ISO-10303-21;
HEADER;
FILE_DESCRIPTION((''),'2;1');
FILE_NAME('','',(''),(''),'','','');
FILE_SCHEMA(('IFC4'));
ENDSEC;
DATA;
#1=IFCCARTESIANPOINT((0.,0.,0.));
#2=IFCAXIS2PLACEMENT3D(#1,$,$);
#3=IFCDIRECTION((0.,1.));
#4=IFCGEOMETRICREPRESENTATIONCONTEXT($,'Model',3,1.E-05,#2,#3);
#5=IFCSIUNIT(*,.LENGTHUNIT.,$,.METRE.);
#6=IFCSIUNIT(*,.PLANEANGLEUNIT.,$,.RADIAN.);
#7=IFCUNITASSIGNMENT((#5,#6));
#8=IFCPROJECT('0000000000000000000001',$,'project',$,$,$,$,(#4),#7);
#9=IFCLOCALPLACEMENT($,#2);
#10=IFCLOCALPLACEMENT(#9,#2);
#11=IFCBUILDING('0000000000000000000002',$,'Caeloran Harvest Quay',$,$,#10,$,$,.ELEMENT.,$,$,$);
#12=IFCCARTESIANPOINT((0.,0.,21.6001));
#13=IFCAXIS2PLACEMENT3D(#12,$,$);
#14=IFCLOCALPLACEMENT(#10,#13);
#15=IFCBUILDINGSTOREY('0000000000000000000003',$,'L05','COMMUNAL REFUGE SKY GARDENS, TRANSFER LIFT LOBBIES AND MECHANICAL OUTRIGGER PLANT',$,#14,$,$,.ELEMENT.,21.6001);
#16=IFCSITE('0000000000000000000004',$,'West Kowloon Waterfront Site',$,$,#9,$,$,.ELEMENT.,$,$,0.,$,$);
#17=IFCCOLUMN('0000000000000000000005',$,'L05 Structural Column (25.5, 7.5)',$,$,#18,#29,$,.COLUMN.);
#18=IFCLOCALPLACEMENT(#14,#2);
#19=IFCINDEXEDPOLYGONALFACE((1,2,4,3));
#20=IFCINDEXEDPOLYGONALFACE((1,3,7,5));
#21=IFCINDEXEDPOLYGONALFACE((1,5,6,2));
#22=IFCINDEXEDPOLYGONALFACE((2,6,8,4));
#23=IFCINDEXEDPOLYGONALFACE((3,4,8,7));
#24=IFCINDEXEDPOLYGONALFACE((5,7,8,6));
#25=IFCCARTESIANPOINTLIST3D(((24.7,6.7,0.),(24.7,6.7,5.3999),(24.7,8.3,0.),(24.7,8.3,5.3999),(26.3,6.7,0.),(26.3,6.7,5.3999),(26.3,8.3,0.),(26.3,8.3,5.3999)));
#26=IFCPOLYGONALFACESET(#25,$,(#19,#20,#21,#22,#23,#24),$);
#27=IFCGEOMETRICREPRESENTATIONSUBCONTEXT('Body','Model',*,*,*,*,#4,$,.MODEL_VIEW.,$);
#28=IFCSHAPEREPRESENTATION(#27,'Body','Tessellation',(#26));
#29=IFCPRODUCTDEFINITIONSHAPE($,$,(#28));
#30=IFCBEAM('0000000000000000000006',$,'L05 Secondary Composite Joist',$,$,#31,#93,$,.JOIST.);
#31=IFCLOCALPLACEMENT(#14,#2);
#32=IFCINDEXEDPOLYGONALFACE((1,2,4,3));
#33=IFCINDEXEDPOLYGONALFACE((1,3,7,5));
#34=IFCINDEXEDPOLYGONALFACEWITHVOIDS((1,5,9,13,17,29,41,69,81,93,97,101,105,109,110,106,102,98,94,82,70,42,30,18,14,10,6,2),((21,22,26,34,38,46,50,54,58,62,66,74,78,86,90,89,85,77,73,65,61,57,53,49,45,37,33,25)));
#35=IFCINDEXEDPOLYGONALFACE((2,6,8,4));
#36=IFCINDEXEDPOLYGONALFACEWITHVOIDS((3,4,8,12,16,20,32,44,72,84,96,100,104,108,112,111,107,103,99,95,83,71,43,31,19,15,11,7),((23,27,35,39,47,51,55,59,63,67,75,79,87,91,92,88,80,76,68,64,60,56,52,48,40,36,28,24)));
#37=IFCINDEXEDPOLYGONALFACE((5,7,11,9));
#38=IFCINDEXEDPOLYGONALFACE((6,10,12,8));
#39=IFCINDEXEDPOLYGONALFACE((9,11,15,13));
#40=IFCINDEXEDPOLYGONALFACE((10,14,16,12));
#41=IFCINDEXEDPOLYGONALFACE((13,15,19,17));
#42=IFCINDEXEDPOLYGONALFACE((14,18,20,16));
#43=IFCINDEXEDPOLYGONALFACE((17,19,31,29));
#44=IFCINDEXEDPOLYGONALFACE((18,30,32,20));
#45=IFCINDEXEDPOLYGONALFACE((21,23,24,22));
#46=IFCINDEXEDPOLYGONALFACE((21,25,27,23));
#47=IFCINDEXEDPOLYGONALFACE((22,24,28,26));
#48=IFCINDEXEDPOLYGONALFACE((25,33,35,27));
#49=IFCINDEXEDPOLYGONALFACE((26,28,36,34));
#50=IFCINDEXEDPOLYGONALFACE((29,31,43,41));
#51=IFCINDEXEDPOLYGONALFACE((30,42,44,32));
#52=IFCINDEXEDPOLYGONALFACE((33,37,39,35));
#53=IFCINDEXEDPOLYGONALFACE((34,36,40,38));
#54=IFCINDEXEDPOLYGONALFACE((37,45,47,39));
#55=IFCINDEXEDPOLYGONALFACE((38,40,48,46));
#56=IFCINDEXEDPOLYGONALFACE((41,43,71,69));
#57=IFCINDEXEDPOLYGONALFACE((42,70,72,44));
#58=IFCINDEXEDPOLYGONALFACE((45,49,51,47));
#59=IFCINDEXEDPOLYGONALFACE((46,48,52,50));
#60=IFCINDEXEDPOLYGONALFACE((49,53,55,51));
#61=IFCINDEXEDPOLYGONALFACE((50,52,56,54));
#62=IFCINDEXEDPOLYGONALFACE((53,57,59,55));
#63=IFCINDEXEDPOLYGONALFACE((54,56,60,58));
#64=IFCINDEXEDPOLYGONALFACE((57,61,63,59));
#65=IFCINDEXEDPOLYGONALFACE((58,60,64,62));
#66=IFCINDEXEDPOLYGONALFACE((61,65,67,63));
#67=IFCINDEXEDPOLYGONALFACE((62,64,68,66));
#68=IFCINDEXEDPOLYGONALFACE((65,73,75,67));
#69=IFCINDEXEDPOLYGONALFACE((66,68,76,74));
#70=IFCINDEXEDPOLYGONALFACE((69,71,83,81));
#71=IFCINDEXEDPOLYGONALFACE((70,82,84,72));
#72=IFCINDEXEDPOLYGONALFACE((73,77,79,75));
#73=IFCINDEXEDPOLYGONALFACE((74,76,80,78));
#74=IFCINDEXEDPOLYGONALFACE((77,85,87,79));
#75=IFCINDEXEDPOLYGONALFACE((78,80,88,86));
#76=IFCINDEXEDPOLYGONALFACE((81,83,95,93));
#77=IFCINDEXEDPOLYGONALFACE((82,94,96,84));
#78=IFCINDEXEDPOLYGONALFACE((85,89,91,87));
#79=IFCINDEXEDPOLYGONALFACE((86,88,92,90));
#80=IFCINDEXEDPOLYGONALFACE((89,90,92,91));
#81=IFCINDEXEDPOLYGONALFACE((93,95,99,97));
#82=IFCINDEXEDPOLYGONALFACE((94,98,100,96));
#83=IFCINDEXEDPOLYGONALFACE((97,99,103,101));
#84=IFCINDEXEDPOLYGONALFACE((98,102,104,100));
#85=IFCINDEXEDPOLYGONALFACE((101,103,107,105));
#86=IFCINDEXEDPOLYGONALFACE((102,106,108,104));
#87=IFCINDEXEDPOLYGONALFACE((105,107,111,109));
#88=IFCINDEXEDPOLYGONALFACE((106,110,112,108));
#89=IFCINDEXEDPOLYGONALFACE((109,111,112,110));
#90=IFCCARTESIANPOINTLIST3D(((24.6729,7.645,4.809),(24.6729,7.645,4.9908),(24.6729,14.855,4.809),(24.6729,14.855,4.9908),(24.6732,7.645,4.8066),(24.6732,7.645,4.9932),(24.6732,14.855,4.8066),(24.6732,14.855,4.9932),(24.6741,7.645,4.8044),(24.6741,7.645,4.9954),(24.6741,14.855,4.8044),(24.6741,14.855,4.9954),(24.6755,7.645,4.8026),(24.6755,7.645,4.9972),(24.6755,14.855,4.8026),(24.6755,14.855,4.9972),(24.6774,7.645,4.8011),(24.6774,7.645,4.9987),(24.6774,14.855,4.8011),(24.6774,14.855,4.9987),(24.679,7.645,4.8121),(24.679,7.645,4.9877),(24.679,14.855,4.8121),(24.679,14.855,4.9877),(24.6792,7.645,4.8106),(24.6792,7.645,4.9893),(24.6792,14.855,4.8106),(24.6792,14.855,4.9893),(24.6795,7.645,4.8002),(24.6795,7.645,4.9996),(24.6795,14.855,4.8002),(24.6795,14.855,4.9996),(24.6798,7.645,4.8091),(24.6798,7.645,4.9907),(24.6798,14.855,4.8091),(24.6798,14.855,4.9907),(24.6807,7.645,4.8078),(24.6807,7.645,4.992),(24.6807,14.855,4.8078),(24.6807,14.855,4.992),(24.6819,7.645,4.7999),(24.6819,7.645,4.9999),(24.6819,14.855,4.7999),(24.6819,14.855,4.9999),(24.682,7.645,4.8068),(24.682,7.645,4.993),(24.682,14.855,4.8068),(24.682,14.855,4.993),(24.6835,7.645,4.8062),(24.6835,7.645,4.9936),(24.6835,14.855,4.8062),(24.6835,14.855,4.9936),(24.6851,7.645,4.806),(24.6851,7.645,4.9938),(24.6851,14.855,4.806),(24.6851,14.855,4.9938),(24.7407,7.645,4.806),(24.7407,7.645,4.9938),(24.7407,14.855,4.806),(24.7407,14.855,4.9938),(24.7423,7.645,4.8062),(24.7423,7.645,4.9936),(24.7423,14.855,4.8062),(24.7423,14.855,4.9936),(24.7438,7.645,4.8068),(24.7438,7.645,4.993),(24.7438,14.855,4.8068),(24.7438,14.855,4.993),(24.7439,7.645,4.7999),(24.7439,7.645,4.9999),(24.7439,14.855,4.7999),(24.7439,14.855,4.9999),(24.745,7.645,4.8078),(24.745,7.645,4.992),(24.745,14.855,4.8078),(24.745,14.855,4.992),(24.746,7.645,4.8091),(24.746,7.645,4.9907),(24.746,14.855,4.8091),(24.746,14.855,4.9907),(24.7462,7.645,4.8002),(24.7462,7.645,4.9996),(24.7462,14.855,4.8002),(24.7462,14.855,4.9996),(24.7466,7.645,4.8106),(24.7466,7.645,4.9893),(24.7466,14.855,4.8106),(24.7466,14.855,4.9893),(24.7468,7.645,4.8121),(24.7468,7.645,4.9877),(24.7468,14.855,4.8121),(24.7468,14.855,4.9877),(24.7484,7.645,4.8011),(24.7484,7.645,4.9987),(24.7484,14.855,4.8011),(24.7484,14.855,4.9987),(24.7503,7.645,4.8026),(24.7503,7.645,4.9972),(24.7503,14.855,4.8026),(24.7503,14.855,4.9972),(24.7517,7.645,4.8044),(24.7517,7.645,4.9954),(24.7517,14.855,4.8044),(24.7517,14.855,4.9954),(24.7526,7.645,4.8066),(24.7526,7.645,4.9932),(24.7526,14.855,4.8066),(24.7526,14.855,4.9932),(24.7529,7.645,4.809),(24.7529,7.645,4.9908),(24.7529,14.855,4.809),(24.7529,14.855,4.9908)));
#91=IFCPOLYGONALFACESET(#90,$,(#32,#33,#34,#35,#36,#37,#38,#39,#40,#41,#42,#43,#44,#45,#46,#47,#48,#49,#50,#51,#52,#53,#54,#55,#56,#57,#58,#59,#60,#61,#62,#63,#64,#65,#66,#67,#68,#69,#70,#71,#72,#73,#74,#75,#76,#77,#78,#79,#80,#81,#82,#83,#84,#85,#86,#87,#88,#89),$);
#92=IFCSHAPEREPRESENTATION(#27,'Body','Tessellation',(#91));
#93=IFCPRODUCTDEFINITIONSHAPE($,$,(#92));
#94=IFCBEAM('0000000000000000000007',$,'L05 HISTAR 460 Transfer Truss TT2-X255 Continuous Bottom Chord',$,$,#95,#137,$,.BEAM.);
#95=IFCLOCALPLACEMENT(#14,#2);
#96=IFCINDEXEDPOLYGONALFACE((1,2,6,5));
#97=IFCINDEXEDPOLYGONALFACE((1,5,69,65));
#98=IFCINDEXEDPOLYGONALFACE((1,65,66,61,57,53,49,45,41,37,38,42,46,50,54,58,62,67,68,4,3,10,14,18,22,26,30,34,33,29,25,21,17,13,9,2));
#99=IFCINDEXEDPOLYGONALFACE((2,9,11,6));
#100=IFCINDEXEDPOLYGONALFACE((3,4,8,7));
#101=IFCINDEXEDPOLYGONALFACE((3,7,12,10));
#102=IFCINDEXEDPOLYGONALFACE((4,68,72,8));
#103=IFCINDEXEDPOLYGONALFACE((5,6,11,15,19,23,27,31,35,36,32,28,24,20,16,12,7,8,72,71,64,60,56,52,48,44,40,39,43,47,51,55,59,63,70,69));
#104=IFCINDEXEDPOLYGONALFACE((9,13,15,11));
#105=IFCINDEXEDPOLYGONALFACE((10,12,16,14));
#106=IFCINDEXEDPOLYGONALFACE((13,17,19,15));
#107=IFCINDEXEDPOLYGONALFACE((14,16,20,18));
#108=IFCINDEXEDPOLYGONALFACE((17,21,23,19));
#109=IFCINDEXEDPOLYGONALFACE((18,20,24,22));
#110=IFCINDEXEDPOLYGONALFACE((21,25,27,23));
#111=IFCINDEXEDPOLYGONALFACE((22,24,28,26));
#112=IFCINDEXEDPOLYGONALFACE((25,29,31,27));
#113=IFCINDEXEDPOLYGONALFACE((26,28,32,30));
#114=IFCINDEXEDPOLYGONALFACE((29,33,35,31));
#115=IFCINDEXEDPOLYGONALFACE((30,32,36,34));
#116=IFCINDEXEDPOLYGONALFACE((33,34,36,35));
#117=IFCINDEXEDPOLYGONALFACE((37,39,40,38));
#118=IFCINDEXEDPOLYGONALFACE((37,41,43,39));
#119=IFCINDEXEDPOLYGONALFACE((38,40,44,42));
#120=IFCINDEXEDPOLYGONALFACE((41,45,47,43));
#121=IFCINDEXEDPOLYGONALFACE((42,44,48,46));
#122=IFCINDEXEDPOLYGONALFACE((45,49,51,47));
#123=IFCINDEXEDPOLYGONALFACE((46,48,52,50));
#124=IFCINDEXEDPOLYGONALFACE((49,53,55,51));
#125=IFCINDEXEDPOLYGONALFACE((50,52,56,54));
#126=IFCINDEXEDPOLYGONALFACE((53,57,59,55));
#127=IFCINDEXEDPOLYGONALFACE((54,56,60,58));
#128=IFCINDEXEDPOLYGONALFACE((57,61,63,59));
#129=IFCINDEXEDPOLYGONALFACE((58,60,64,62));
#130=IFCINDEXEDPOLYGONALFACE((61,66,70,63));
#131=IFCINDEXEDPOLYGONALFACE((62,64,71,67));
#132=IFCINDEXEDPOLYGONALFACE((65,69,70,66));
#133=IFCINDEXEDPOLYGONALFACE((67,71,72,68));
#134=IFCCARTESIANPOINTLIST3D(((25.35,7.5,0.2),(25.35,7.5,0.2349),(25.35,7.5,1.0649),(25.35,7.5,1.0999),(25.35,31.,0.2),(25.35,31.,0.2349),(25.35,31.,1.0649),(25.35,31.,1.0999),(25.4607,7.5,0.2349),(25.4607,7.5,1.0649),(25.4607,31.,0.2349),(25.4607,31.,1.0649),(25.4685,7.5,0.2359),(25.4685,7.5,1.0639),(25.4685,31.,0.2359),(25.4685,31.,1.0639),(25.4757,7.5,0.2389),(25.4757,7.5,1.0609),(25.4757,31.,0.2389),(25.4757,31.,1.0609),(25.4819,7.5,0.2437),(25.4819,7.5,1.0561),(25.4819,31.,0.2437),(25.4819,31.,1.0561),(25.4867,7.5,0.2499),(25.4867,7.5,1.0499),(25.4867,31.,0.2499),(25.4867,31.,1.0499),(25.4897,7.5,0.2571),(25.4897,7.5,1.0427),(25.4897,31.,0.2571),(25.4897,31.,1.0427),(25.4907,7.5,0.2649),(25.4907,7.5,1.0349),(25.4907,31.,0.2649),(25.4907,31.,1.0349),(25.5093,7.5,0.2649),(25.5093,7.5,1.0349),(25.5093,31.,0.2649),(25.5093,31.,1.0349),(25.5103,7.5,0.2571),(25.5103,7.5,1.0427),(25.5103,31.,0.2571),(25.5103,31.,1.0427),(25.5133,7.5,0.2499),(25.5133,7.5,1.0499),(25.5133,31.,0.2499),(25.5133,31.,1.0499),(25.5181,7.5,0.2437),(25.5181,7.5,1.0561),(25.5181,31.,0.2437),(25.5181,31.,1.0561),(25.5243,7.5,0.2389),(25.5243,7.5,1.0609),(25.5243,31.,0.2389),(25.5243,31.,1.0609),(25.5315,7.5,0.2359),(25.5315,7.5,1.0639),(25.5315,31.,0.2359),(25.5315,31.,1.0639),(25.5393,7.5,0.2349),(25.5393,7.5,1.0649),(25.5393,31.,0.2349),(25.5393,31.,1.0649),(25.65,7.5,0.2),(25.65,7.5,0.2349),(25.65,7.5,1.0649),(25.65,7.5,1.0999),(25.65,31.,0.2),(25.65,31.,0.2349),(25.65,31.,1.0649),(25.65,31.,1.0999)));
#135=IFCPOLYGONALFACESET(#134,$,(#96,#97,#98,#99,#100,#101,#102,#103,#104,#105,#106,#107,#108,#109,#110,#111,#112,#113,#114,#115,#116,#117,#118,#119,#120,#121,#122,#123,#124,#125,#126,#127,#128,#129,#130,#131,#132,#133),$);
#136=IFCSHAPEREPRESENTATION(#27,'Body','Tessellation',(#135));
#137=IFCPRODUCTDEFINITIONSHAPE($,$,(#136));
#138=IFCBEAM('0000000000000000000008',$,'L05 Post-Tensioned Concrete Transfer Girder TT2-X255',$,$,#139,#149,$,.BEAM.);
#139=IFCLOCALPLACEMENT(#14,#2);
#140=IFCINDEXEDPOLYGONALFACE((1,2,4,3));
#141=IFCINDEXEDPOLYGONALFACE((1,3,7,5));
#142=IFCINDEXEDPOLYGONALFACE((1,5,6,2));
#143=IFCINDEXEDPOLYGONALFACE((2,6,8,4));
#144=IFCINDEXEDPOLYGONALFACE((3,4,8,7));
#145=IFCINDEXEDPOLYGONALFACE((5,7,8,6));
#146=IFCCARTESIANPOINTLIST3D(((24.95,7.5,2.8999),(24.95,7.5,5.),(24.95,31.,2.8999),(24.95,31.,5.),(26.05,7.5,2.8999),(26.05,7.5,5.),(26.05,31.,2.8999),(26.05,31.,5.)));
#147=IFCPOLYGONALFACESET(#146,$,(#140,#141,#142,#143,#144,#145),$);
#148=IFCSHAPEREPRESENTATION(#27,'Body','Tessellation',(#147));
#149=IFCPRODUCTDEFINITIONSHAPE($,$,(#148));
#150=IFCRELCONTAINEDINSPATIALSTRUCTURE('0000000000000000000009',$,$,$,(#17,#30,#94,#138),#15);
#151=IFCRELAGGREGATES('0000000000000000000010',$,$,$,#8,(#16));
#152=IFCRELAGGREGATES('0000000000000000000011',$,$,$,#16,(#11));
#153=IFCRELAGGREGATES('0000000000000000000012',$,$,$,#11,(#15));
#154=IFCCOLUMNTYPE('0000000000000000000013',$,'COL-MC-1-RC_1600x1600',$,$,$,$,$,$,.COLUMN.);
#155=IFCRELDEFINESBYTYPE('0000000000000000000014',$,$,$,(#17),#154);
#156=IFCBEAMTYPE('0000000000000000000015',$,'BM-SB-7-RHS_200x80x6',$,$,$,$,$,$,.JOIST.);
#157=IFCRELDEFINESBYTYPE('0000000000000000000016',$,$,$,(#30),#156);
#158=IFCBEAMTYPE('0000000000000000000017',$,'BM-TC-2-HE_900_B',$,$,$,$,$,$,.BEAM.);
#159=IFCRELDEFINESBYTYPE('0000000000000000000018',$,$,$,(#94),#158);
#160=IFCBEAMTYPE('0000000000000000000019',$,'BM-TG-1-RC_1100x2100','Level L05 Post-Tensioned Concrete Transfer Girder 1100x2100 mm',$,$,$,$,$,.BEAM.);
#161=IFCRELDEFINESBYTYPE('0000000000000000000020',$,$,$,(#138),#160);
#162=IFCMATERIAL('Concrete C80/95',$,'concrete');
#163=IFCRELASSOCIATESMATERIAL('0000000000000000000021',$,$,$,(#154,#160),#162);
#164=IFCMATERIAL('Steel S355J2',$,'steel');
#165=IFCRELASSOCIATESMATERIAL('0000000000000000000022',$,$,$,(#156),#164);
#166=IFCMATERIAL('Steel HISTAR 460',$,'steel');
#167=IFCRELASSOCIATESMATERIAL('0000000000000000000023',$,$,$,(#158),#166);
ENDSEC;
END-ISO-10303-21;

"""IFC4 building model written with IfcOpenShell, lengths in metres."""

from ifc_helpers import new_model, si_unit, direction, frame, origin, origin_2d, place, context, subcontext, project, spatial, rectangle, hollow_rectangle, i_section, extrude, material, material_profile, profile_set, type_object, element, save


model = new_model("IFC4")

# Units and contexts
model_context = context("Model", 3, precision=1e-05, world=origin(), true_north=direction((0.0, 1.0)))
body_context = subcontext(model_context, "Body", "Model", "MODEL_VIEW")
ifc_project = project(units=[si_unit("LENGTHUNIT", "METRE"), si_unit("PLANEANGLEUNIT", "RADIAN")], contexts=[model_context])

# Site, building, storey
site_placement = place(None, origin())
site = spatial("IfcSite", under=ifc_project, at=site_placement, Name="West Kowloon Waterfront Site", CompositionType="ELEMENT", RefElevation=0.0)
building_placement = place(site_placement, origin())
building = spatial("IfcBuilding", under=site, at=building_placement, Name="Caeloran Harvest Quay", CompositionType="ELEMENT")
storey_placement = place(building_placement, frame((0.0, 0.0, 21.6001)))
storey = spatial("IfcBuildingStorey", under=building, at=storey_placement, Name="L05", Description="COMMUNAL REFUGE SKY GARDENS, TRANSFER LIFT LOBBIES AND MECHANICAL OUTRIGGER PLANT", CompositionType="ELEMENT", Elevation=21.6001)

# Column
ifc_material_1 = material(Name="Concrete C80/95", Category="concrete")
ifc_material_profile_1 = material_profile(ifc_material_1, rectangle(XDim=1.6001, YDim=1.6001, at=origin_2d()), Name="RC 1600x1600")
ifc_profile_set_1 = profile_set([ifc_material_profile_1], Name="Concrete C80/95")
column_type = type_object("IfcColumnType", Name="COL-MC-1-RC_1600x1600", PredefinedType="COLUMN", material=ifc_profile_set_1)
column_placement = place(storey_placement, frame((25.5, 7.5, 0.0), z_axis=(0.0, 0.0, 1.0), x_axis=(1.0, 0.0, 0.0)))
element("IfcColumn", 1, at=column_placement, inside=storey, type_object=column_type, Name="L05 Structural Column (25.5, 7.5)", PredefinedType="COLUMN", context=body_context, shape_type="SweptSolid", body=[
    extrude(rectangle(XDim=1.6001, YDim=1.6001, at=origin_2d()), origin(), (0.0, 0.0, 1.0), 5.3999),
])

# Beams
ifc_material_2 = material(Name="Steel S355J2", Category="steel")
ifc_material_profile_2 = material_profile(ifc_material_2, hollow_rectangle(XDim=0.0801, YDim=0.2, WallThickness=0.0061, InnerFilletRadius=0.0061, OuterFilletRadius=0.009, at=origin_2d()), Name="RHS 200x80x6")
ifc_profile_set_2 = profile_set([ifc_material_profile_2], Name="Steel S355J2")
beam_type_1 = type_object("IfcBeamType", Name="BM-SB-7-RHS_200x80x6", PredefinedType="JOIST", material=ifc_profile_set_2)
beam_1_placement = place(storey_placement, frame((24.7129, 7.645, 4.8999), z_axis=(0.0, 1.0, 0.0), x_axis=(-1.0, 0.0, 0.0)))
element("IfcBeam", 2, at=beam_1_placement, inside=storey, type_object=beam_type_1, Name="L05 Secondary Composite Joist", PredefinedType="JOIST", context=body_context, shape_type="SweptSolid", body=[
    extrude(hollow_rectangle(XDim=0.0801, YDim=0.2, WallThickness=0.0061, InnerFilletRadius=0.0061, OuterFilletRadius=0.009, at=origin_2d()), origin(), (0.0, 0.0, 1.0), 7.21),
])
ifc_material_3 = material(Name="Steel HISTAR 460", Category="steel")
ifc_material_profile_3 = material_profile(ifc_material_3, i_section(OverallWidth=0.3, OverallDepth=0.8999, WebThickness=0.0186, FlangeThickness=0.0349, FilletRadius=0.03, at=origin_2d()), Name="HE 900 B")
ifc_profile_set_3 = profile_set([ifc_material_profile_3], Name="Steel HISTAR 460")
beam_type_2 = type_object("IfcBeamType", Name="BM-TC-2-HE_900_B", PredefinedType="BEAM", material=ifc_profile_set_3)
beam_2_placement = place(storey_placement, frame((25.5, 7.5, 0.6499), z_axis=(0.0, 1.0, 0.0), x_axis=(-1.0, 0.0, 0.0)))
element("IfcBeam", 3, at=beam_2_placement, inside=storey, type_object=beam_type_2, Name="L05 HISTAR 460 Transfer Truss TT2-X255 Continuous Bottom Chord", PredefinedType="BEAM", context=body_context, shape_type="SweptSolid", body=[
    extrude(i_section(OverallWidth=0.3, OverallDepth=0.8999, WebThickness=0.0186, FlangeThickness=0.0349, FilletRadius=0.03, at=origin_2d()), origin(), (0.0, 0.0, 1.0), 23.5),
])
ifc_material_profile_4 = material_profile(ifc_material_1, rectangle(XDim=1.1001, YDim=2.1001, at=origin_2d()), Name="BM-TG-1-RC_1100x2100")
ifc_profile_set_4 = profile_set([ifc_material_profile_4], Name="Concrete C80/95")
beam_type_3 = type_object("IfcBeamType", Name="BM-TG-1-RC_1100x2100", Description="Level L05 Post-Tensioned Concrete Transfer Girder 1100x2100 mm", PredefinedType="BEAM", material=ifc_profile_set_4)
beam_3_placement = place(storey_placement, frame((25.5, 7.5, 3.95), z_axis=(0.0, 1.0, 0.0), x_axis=(-1.0, 0.0, 0.0)))
element("IfcBeam", 4, at=beam_3_placement, inside=storey, type_object=beam_type_3, Name="L05 Post-Tensioned Concrete Transfer Girder TT2-X255", PredefinedType="BEAM", context=body_context, shape_type="SweptSolid", body=[
    extrude(rectangle(XDim=1.1001, YDim=2.1001, at=origin_2d()), origin(), (0.0, 0.0, 1.0), 23.5),
])

save(model, "model.ifc")
